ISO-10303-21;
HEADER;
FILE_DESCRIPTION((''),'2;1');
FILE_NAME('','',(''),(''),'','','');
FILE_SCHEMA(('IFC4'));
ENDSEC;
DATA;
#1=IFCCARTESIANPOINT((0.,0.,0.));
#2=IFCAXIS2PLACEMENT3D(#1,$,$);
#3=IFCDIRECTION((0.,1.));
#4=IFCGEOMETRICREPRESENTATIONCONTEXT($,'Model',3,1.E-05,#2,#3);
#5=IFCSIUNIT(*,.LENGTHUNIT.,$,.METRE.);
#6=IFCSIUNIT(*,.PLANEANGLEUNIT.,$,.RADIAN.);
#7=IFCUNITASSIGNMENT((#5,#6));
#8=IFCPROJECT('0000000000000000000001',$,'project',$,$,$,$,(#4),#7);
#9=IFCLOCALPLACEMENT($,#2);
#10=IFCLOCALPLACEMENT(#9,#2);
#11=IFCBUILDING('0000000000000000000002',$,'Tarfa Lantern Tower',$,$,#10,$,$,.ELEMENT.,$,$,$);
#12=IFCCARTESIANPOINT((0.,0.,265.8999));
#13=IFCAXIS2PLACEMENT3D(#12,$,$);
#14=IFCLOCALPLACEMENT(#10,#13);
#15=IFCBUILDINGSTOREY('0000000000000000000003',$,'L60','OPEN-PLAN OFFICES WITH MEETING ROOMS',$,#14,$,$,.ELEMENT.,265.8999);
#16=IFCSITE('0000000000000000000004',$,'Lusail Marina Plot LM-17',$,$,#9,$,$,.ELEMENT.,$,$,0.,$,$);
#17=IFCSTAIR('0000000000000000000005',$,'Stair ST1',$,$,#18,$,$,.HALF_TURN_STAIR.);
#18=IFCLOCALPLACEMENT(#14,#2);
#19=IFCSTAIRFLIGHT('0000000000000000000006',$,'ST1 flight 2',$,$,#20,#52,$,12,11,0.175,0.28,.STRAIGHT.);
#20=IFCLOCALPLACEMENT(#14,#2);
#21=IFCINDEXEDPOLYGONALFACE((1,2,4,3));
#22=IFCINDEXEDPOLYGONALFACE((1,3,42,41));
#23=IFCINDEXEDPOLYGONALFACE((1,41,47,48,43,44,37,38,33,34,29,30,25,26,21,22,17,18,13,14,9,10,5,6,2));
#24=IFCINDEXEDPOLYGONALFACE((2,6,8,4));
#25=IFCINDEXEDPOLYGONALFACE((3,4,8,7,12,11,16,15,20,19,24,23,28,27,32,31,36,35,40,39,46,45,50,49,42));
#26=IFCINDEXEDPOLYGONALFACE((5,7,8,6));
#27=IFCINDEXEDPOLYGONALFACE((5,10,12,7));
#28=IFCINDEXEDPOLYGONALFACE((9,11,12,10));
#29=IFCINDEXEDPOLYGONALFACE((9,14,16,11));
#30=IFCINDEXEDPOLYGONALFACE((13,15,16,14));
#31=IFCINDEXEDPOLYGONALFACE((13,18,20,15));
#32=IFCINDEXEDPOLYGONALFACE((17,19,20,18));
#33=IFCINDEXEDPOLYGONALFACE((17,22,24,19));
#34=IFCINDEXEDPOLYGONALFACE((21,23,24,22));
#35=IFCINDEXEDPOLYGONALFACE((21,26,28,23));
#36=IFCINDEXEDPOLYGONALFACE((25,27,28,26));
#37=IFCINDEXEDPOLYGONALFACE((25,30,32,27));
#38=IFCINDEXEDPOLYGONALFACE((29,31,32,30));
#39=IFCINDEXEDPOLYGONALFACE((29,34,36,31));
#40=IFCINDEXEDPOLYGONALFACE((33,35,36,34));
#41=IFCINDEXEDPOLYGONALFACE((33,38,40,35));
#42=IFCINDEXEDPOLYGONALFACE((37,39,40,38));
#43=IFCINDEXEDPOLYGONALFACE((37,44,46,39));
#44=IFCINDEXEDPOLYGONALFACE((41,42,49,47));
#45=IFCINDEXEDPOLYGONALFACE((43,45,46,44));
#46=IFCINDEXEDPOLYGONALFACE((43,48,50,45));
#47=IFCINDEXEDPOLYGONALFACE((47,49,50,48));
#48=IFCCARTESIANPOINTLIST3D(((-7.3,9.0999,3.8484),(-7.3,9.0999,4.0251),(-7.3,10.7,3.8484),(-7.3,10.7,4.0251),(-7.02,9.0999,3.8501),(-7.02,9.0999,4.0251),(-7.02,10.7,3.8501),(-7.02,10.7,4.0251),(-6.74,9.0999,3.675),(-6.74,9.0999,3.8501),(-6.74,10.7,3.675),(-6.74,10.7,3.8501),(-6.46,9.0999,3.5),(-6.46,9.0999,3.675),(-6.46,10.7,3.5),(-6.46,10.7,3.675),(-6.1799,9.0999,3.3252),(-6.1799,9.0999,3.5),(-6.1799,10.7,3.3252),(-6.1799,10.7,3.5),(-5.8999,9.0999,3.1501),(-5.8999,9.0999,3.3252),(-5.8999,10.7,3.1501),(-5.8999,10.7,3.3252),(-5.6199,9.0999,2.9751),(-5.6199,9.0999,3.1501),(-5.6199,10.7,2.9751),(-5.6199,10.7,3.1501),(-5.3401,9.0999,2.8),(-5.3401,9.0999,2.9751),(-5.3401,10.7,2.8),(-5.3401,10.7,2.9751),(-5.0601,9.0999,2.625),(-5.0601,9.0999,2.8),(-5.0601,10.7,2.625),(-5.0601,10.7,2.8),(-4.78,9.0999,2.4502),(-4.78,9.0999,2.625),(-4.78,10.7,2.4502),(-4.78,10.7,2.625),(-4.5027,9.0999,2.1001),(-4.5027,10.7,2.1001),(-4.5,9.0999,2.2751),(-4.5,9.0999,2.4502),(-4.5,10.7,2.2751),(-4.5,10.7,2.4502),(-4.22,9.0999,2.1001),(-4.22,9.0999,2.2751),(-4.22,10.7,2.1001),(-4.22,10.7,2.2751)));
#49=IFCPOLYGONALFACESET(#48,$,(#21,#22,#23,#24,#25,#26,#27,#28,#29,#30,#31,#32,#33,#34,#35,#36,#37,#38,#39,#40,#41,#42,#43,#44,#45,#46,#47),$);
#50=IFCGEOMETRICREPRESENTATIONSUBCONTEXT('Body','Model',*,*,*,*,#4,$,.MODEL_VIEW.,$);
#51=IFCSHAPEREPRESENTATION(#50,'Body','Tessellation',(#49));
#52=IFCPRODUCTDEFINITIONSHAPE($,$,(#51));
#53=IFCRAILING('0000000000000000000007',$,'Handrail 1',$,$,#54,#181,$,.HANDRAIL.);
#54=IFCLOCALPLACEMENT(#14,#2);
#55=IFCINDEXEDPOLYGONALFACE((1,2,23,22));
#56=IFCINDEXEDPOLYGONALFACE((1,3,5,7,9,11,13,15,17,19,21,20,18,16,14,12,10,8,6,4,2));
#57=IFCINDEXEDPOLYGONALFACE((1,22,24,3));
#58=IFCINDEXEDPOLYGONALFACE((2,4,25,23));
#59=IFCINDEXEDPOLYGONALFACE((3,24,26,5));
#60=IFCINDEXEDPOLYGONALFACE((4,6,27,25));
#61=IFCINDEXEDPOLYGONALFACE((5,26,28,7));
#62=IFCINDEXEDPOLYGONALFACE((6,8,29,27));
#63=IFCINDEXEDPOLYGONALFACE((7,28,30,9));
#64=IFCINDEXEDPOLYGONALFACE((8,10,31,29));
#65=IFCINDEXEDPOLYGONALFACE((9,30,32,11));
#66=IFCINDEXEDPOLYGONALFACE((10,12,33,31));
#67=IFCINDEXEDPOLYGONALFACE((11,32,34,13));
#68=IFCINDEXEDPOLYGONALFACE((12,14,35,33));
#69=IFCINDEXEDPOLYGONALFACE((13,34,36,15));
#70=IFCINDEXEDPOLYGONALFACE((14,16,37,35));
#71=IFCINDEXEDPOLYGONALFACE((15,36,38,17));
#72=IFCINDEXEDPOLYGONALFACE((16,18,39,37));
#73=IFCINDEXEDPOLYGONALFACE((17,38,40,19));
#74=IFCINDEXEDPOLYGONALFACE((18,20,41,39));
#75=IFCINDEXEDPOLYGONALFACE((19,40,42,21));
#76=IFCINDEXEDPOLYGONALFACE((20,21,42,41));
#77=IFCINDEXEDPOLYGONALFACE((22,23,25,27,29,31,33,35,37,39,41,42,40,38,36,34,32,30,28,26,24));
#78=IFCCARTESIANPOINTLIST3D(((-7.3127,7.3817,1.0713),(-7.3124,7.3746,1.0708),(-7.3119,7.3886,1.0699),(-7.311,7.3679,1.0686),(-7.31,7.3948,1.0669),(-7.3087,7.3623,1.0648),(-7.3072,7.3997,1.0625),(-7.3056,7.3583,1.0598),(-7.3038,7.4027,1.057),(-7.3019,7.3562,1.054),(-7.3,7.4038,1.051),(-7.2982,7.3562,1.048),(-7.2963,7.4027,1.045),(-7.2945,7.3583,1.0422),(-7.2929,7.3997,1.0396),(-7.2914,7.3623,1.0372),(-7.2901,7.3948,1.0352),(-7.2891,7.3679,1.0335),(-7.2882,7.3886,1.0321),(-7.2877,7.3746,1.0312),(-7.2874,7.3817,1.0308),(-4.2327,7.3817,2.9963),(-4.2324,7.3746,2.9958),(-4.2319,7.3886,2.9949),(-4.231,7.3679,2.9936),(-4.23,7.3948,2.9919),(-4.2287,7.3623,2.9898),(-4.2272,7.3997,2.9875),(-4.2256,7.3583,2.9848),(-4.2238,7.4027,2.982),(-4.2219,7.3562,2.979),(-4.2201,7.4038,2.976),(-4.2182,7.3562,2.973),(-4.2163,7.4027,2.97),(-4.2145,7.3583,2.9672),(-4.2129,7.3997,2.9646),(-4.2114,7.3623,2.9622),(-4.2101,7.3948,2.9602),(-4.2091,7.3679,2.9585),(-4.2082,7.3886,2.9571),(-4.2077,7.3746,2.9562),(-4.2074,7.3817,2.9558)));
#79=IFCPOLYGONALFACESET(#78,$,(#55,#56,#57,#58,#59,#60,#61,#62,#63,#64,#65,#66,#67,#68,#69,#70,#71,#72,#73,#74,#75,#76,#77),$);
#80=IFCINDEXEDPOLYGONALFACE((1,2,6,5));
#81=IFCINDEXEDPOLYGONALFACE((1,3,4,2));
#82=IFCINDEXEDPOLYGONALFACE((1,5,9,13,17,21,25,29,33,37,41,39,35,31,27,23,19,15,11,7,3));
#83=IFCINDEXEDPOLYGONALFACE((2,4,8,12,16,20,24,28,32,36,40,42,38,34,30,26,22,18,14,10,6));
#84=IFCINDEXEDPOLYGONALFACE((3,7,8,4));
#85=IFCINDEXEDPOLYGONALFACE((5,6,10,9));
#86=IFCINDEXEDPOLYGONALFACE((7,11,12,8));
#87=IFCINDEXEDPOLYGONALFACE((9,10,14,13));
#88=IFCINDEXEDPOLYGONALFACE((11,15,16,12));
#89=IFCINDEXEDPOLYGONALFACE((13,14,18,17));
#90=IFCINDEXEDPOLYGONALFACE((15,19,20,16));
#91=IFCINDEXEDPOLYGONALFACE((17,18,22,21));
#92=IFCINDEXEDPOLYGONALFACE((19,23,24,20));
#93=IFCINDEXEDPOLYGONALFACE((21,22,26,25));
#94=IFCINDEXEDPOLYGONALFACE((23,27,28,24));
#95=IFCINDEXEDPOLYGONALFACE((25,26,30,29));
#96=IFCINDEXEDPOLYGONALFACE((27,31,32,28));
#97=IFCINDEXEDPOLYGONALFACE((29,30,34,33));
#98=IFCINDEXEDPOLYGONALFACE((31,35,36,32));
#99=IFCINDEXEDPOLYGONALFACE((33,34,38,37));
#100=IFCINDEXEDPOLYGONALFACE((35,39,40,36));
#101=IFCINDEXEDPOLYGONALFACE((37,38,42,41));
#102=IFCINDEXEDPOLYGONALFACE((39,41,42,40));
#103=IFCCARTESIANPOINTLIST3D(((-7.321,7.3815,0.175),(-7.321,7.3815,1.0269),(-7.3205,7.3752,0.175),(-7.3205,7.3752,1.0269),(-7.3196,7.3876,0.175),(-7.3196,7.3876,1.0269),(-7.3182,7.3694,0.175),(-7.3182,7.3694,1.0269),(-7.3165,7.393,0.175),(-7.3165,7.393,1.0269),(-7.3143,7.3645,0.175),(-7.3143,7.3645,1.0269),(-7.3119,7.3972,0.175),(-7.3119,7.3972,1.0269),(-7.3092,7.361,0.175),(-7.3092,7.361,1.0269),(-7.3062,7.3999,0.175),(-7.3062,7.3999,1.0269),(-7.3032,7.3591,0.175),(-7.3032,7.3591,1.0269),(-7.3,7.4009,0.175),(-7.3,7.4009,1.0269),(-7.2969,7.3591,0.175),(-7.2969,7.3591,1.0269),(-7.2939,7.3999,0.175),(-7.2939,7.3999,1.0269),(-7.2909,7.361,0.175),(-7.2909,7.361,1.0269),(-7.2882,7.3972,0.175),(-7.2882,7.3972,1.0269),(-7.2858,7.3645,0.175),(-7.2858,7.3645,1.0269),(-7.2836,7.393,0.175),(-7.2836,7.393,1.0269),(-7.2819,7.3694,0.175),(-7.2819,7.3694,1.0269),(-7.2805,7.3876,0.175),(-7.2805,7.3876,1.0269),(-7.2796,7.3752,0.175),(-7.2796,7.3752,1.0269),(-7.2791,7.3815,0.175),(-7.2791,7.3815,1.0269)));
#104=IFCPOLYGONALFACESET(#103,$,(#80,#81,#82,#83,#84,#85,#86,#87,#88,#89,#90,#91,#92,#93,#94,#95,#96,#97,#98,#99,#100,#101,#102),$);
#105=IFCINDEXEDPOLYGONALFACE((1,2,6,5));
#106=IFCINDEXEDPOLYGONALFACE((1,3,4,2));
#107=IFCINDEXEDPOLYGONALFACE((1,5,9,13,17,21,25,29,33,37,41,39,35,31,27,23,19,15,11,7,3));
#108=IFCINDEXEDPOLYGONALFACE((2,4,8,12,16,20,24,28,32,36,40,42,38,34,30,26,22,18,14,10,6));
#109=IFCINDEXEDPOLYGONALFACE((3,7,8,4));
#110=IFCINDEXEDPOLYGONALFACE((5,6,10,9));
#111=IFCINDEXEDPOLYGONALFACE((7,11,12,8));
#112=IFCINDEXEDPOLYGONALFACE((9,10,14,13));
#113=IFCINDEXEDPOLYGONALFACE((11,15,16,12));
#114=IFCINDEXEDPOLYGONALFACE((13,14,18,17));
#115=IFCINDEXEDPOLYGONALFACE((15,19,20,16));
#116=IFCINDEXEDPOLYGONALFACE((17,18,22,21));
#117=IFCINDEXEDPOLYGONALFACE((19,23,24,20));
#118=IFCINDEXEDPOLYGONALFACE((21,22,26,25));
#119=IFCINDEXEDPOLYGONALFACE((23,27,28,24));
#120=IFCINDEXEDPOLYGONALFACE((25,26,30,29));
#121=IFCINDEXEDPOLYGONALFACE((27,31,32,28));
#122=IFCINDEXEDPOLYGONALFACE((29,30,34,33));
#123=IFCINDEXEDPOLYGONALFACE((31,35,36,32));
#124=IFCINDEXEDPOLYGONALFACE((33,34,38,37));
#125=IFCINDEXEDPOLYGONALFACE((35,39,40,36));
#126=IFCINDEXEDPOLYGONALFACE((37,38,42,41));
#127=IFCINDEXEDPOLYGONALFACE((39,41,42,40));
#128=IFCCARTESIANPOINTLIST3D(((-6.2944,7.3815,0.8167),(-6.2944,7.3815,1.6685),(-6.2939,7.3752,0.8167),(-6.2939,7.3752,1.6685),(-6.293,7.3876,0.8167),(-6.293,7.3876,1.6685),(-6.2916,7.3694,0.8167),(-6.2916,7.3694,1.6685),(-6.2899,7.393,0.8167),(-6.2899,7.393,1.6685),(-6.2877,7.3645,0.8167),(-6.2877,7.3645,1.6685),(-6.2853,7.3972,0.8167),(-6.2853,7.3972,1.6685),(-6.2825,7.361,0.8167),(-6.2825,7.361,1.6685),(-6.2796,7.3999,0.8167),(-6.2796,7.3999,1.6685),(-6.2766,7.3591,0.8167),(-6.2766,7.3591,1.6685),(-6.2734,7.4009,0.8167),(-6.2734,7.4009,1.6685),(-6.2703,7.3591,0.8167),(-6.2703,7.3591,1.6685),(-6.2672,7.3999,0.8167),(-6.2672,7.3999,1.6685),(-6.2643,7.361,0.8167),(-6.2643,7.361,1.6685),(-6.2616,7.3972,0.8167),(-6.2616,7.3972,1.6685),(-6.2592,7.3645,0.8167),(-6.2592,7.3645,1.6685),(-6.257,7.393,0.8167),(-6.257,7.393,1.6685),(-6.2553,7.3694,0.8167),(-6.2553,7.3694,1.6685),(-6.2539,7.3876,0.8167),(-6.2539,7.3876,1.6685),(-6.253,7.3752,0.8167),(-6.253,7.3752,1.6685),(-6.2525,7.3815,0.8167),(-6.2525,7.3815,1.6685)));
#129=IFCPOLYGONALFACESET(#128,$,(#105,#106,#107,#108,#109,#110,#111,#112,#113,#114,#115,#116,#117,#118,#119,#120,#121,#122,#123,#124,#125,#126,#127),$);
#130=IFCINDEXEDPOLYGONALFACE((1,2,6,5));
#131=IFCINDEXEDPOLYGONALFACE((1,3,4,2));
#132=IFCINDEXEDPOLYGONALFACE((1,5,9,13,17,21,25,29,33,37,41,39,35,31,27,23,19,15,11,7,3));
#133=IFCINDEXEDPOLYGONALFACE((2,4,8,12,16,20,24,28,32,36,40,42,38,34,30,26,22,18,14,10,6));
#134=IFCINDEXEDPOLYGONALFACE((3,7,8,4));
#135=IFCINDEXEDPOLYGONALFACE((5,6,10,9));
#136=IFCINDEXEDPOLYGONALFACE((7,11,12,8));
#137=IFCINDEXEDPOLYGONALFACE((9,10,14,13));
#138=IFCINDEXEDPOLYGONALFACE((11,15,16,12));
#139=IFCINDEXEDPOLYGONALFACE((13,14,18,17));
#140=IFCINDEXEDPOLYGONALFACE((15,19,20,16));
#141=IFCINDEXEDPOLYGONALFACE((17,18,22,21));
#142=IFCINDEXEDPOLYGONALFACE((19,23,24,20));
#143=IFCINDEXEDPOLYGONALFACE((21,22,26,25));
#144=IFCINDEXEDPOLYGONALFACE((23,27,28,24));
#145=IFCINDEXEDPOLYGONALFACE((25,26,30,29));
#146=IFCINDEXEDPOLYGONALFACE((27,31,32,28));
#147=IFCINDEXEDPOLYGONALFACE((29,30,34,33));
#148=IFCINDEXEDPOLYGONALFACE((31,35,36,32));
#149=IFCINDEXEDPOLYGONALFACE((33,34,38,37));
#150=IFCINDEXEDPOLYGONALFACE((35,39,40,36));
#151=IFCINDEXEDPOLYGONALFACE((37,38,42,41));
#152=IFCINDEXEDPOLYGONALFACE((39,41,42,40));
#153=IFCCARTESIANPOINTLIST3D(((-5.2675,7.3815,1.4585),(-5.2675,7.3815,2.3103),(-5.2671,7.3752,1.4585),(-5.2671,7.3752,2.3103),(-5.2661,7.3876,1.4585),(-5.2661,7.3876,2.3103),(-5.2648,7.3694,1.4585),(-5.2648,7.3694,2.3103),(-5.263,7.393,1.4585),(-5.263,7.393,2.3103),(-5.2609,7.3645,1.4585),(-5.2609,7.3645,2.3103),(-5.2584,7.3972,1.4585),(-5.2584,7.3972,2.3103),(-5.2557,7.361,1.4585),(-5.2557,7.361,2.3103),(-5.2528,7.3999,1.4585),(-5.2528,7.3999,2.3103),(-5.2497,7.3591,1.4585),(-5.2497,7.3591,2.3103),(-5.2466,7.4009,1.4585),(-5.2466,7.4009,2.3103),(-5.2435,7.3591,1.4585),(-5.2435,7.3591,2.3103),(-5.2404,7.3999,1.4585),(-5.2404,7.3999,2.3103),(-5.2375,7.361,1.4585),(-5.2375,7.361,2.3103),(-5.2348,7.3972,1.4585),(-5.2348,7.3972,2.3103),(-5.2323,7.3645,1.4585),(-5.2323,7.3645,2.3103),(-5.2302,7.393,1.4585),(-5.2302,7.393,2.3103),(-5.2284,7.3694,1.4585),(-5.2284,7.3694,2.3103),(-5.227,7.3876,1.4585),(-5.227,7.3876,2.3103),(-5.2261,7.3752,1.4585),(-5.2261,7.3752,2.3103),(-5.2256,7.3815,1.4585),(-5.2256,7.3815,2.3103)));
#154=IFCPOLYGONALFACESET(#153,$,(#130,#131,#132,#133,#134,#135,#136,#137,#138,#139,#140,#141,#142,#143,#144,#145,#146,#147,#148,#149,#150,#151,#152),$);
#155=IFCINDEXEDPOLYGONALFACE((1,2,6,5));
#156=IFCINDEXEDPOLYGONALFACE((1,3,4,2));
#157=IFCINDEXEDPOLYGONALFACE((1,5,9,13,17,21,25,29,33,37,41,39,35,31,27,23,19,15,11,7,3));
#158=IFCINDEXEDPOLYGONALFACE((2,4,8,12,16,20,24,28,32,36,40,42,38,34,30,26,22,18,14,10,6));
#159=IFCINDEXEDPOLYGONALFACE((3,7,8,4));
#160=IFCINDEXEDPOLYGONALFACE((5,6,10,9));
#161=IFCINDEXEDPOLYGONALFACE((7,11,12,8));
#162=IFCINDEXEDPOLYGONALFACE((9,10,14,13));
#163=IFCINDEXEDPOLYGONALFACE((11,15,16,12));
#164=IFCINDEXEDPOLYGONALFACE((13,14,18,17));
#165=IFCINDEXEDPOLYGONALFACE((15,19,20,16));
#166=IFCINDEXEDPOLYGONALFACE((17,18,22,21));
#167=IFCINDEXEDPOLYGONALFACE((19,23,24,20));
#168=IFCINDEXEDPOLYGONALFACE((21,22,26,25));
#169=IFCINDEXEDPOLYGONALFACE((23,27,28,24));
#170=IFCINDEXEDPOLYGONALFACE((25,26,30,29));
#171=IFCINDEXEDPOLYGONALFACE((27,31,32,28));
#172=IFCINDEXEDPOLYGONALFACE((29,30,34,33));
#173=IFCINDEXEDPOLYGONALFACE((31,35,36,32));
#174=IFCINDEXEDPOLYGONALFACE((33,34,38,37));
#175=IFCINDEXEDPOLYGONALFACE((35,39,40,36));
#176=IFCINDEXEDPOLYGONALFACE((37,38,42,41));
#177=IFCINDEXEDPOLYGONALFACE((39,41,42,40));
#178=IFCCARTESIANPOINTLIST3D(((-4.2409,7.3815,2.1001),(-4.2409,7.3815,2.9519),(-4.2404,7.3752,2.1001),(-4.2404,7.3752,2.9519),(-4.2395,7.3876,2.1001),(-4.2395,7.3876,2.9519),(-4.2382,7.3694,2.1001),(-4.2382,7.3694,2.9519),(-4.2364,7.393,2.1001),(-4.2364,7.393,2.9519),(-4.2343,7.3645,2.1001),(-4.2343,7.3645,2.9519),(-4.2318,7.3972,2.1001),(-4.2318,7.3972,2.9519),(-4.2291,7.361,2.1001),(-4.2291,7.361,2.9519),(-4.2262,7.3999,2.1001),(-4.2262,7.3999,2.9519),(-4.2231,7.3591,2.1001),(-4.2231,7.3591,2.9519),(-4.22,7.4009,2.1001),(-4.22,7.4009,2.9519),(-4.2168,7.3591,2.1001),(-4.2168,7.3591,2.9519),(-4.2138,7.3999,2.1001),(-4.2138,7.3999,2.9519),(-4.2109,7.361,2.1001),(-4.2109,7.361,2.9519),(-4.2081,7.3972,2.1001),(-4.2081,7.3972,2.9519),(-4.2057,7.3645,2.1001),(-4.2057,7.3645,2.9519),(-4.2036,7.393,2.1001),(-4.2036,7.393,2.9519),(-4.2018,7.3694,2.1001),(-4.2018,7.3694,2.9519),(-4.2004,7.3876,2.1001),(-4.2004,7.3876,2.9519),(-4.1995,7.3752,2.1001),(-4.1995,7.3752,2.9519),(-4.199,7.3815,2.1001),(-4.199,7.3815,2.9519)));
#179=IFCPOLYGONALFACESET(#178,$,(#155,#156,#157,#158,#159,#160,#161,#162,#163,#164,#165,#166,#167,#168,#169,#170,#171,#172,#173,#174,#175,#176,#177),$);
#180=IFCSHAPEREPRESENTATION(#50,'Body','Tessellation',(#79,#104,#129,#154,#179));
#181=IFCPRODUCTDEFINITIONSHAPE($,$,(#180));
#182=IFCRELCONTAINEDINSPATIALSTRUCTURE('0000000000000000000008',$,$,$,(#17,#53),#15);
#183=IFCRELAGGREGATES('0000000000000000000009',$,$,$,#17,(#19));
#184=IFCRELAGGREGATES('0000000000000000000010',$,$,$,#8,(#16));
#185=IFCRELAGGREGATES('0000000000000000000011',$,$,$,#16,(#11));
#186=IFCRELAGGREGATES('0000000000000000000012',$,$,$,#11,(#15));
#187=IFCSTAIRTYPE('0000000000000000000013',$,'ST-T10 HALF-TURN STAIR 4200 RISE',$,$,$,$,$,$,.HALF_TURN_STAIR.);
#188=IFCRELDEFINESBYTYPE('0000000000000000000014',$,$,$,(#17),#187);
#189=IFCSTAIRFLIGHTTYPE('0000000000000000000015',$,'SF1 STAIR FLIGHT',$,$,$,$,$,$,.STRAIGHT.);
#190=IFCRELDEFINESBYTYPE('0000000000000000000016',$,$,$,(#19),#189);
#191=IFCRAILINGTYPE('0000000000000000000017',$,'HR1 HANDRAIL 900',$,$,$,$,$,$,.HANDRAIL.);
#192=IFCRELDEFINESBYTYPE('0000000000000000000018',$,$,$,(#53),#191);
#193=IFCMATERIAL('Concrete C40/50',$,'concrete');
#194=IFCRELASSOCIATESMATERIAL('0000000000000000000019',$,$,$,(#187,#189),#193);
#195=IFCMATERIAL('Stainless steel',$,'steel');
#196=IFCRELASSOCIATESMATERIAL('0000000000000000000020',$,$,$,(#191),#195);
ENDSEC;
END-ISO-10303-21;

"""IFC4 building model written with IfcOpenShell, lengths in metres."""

from ifc_helpers import new_model, si_unit, direction, frame, origin, origin_2d, place, context, subcontext, project, spatial, polyline, circle, outline, extrude, material, type_object, element, aggregate, save


model = new_model("IFC4")

# Units and contexts
model_context = context("Model", 3, precision=1e-05, world=origin(), true_north=direction((0.0, 1.0)))
body_context = subcontext(model_context, "Body", "Model", "MODEL_VIEW")
ifc_project = project(units=[si_unit("LENGTHUNIT", "METRE"), si_unit("PLANEANGLEUNIT", "RADIAN")], contexts=[model_context])

# Site, building, storey
site_placement = place(None, origin())
site = spatial("IfcSite", under=ifc_project, at=site_placement, Name="Lusail Marina Plot LM-17", CompositionType="ELEMENT", RefElevation=0.0)
building_placement = place(site_placement, origin())
building = spatial("IfcBuilding", under=site, at=building_placement, Name="Tarfa Lantern Tower", CompositionType="ELEMENT")
storey_placement = place(building_placement, frame((0.0, 0.0, 265.8999)))
storey = spatial("IfcBuildingStorey", under=building, at=storey_placement, Name="L60", Description="OPEN-PLAN OFFICES WITH MEETING ROOMS", CompositionType="ELEMENT", Elevation=265.8999)

# Stair, stair flight
ifc_material_1 = material(Name="Concrete C40/50", Category="concrete")
stair_type = type_object("IfcStairType", Name="ST-T10 HALF-TURN STAIR 4200 RISE", PredefinedType="HALF_TURN_STAIR", material=ifc_material_1)
stair_placement = place(storey_placement, origin())
stair = element("IfcStair", 1, at=stair_placement, inside=storey, type_object=stair_type, Name="Stair ST1", PredefinedType="HALF_TURN_STAIR")
stair_flight_type = type_object("IfcStairFlightType", Name="SF1 STAIR FLIGHT", PredefinedType="STRAIGHT", material=ifc_material_1)
stair_flight_1_placement = place(storey_placement, frame((-4.22, 9.8999, 2.1001), z_axis=(0.0, 0.0, 1.0), x_axis=(-1.0, 0.0, 0.0)))
stair_flight_1 = element("IfcStairFlight", 2, at=stair_flight_1_placement, type_object=stair_flight_type, Name="ST1 flight 2", NumberOfRisers=12, NumberOfTreads=11, PredefinedType="STRAIGHT", RiserHeight=0.175, TreadLength=0.28, context=body_context, shape_type="SweptSolid", body=[
    extrude(outline(polyline([(0.0, 0.0), (0.0, 0.175), (0.28, 0.175), (0.28, 0.3501), (0.5601, 0.3501), (0.5601, 0.5249), (0.8401, 0.5249), (0.8401, 0.7), (1.1201, 0.7), (1.1201, 0.875), (1.3999, 0.875), (1.3999, 1.05), (1.6799, 1.05), (1.6799, 1.2251), (1.96, 1.2251), (1.96, 1.3999), (2.24, 1.3999), (2.24, 1.575), (2.52, 1.575), (2.52, 1.75), (2.8, 1.75), (2.8, 1.925), (3.0801, 1.925), (3.0801, 2.1001), (3.0801, 1.7483), (0.2827, 0.0), (0.0, 0.0)])), frame((0.0, 0.8, 0.0), z_axis=(0.0, -1.0, 0.0), x_axis=(1.0, 0.0, 0.0)), (0.0, 0.0, 1.0), 1.6001),
])
aggregate(stair, [stair_flight_1])

# Railing
ifc_material_2 = material(Name="Stainless steel", Category="steel")
railing_type = type_object("IfcRailingType", Name="HR1 HANDRAIL 900", PredefinedType="HANDRAIL", material=ifc_material_2)
railing_1_placement = place(storey_placement, frame((-7.3, 7.3799, 0.175)))
element("IfcRailing", 3, at=railing_1_placement, inside=storey, type_object=railing_type, Name="Handrail 1", PredefinedType="HANDRAIL", context=body_context, shape_type="SweptSolid", body=[
    extrude(circle(Radius=0.0239, at=origin_2d()), frame((0.0, 0.0, 0.876), z_axis=(0.847998, 0.0, 0.529999), x_axis=(0.0, 1.0, 0.0)), (0.0, 0.0, 1.0), 3.6321),
    extrude(circle(Radius=0.021, at=origin_2d()), frame((0.0, 0.0, 0.0), z_axis=(0.0, 0.0, 1.0), x_axis=(0.0, 1.0, 0.0)), (0.0, 0.0, 1.0), 0.8518),
    extrude(circle(Radius=0.021, at=origin_2d()), frame((1.0266, 0.0, 0.6416), z_axis=(0.0, 0.0, 1.0), x_axis=(0.0, 1.0, 0.0)), (0.0, 0.0, 1.0), 0.8518),
    extrude(circle(Radius=0.021, at=origin_2d()), frame((2.0535, 0.0, 1.2834), z_axis=(0.0, 0.0, 1.0), x_axis=(0.0, 1.0, 0.0)), (0.0, 0.0, 1.0), 0.8518),
    extrude(circle(Radius=0.021, at=origin_2d()), frame((3.0801, 0.0, 1.925), z_axis=(0.0, 0.0, 1.0), x_axis=(0.0, 1.0, 0.0)), (0.0, 0.0, 1.0), 0.8518),
])

save(model, "model.ifc")
